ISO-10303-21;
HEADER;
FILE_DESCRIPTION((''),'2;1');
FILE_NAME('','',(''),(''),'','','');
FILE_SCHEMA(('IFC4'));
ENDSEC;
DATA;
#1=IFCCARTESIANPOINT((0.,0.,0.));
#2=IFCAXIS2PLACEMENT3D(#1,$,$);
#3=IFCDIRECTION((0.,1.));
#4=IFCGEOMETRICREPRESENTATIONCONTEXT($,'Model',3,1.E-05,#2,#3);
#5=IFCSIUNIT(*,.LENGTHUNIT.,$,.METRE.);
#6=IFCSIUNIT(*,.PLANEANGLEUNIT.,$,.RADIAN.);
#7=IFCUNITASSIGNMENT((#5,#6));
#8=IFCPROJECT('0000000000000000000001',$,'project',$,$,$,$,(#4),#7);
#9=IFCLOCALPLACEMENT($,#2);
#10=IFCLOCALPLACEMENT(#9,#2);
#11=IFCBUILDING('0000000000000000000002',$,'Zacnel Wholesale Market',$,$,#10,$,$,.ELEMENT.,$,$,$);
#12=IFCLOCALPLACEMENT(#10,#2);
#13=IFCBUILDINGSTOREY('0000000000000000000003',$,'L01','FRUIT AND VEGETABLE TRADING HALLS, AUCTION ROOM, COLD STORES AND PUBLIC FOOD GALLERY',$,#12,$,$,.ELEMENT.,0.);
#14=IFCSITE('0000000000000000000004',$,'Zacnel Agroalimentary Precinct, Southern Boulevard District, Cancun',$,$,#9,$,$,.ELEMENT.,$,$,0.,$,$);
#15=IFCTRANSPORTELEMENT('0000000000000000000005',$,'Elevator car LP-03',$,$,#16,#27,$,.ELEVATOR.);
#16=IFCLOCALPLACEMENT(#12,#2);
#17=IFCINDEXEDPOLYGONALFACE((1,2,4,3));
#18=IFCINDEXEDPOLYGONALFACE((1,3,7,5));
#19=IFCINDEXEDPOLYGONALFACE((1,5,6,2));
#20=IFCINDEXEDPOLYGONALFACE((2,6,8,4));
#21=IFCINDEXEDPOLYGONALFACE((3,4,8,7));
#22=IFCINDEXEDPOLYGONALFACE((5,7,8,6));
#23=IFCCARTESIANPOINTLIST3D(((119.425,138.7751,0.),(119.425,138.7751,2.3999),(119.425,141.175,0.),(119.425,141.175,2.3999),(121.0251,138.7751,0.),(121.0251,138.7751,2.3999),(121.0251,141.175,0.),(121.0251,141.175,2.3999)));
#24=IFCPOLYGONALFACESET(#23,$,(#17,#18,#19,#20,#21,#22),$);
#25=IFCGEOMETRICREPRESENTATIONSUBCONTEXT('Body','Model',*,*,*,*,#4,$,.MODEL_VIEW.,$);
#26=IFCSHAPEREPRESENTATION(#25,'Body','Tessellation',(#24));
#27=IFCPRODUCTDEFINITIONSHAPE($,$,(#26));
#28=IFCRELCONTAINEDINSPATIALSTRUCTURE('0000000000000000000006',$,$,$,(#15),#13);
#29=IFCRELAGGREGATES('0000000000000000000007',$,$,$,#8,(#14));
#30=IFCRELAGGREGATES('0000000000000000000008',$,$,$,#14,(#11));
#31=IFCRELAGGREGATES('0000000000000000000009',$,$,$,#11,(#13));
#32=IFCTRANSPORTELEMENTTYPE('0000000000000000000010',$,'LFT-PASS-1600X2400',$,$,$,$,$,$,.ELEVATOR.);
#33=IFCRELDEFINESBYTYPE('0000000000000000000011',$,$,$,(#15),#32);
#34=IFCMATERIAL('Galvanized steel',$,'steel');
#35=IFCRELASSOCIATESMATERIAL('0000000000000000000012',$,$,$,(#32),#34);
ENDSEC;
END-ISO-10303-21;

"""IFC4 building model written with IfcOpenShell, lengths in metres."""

from ifc_helpers import new_model, si_unit, direction, frame, origin, origin_2d, place, context, subcontext, project, spatial, rectangle, extrude, material, type_object, element, save


model = new_model("IFC4")

# Units and contexts
model_context = context("Model", 3, precision=1e-05, world=origin(), true_north=direction((0.0, 1.0)))
body_context = subcontext(model_context, "Body", "Model", "MODEL_VIEW")
ifc_project = project(units=[si_unit("LENGTHUNIT", "METRE"), si_unit("PLANEANGLEUNIT", "RADIAN")], contexts=[model_context])

# Site, building, storey
site_placement = place(None, origin())
site = spatial("IfcSite", under=ifc_project, at=site_placement, Name="Zacnel Agroalimentary Precinct, Southern Boulevard District, Cancun", CompositionType="ELEMENT", RefElevation=0.0)
building_placement = place(site_placement, origin())
building = spatial("IfcBuilding", under=site, at=building_placement, Name="Zacnel Wholesale Market", CompositionType="ELEMENT")
storey_placement = place(building_placement, origin())
storey = spatial("IfcBuildingStorey", under=building, at=storey_placement, Name="L01", Description="FRUIT AND VEGETABLE TRADING HALLS, AUCTION ROOM, COLD STORES AND PUBLIC FOOD GALLERY", CompositionType="ELEMENT", Elevation=0.0)

# Transport element
ifc_material_1 = material(Name="Galvanized steel", Category="steel")
transport_element_type = type_object("IfcTransportElementType", Name="LFT-PASS-1600X2400", PredefinedType="ELEVATOR", material=ifc_material_1)
transport_element_placement = place(storey_placement, frame((120.2251, 139.9751, 0.0), z_axis=(0.0, 0.0, 1.0), x_axis=(1.0, 0.0, 0.0)))
element("IfcTransportElement", 1, at=transport_element_placement, inside=storey, type_object=transport_element_type, Name="Elevator car LP-03", PredefinedType="ELEVATOR", context=body_context, shape_type="SweptSolid", body=[
    extrude(rectangle(XDim=1.6001, YDim=2.3999, at=origin_2d()), origin(), (0.0, 0.0, 1.0), 2.3999),
])

save(model, "model.ifc")
